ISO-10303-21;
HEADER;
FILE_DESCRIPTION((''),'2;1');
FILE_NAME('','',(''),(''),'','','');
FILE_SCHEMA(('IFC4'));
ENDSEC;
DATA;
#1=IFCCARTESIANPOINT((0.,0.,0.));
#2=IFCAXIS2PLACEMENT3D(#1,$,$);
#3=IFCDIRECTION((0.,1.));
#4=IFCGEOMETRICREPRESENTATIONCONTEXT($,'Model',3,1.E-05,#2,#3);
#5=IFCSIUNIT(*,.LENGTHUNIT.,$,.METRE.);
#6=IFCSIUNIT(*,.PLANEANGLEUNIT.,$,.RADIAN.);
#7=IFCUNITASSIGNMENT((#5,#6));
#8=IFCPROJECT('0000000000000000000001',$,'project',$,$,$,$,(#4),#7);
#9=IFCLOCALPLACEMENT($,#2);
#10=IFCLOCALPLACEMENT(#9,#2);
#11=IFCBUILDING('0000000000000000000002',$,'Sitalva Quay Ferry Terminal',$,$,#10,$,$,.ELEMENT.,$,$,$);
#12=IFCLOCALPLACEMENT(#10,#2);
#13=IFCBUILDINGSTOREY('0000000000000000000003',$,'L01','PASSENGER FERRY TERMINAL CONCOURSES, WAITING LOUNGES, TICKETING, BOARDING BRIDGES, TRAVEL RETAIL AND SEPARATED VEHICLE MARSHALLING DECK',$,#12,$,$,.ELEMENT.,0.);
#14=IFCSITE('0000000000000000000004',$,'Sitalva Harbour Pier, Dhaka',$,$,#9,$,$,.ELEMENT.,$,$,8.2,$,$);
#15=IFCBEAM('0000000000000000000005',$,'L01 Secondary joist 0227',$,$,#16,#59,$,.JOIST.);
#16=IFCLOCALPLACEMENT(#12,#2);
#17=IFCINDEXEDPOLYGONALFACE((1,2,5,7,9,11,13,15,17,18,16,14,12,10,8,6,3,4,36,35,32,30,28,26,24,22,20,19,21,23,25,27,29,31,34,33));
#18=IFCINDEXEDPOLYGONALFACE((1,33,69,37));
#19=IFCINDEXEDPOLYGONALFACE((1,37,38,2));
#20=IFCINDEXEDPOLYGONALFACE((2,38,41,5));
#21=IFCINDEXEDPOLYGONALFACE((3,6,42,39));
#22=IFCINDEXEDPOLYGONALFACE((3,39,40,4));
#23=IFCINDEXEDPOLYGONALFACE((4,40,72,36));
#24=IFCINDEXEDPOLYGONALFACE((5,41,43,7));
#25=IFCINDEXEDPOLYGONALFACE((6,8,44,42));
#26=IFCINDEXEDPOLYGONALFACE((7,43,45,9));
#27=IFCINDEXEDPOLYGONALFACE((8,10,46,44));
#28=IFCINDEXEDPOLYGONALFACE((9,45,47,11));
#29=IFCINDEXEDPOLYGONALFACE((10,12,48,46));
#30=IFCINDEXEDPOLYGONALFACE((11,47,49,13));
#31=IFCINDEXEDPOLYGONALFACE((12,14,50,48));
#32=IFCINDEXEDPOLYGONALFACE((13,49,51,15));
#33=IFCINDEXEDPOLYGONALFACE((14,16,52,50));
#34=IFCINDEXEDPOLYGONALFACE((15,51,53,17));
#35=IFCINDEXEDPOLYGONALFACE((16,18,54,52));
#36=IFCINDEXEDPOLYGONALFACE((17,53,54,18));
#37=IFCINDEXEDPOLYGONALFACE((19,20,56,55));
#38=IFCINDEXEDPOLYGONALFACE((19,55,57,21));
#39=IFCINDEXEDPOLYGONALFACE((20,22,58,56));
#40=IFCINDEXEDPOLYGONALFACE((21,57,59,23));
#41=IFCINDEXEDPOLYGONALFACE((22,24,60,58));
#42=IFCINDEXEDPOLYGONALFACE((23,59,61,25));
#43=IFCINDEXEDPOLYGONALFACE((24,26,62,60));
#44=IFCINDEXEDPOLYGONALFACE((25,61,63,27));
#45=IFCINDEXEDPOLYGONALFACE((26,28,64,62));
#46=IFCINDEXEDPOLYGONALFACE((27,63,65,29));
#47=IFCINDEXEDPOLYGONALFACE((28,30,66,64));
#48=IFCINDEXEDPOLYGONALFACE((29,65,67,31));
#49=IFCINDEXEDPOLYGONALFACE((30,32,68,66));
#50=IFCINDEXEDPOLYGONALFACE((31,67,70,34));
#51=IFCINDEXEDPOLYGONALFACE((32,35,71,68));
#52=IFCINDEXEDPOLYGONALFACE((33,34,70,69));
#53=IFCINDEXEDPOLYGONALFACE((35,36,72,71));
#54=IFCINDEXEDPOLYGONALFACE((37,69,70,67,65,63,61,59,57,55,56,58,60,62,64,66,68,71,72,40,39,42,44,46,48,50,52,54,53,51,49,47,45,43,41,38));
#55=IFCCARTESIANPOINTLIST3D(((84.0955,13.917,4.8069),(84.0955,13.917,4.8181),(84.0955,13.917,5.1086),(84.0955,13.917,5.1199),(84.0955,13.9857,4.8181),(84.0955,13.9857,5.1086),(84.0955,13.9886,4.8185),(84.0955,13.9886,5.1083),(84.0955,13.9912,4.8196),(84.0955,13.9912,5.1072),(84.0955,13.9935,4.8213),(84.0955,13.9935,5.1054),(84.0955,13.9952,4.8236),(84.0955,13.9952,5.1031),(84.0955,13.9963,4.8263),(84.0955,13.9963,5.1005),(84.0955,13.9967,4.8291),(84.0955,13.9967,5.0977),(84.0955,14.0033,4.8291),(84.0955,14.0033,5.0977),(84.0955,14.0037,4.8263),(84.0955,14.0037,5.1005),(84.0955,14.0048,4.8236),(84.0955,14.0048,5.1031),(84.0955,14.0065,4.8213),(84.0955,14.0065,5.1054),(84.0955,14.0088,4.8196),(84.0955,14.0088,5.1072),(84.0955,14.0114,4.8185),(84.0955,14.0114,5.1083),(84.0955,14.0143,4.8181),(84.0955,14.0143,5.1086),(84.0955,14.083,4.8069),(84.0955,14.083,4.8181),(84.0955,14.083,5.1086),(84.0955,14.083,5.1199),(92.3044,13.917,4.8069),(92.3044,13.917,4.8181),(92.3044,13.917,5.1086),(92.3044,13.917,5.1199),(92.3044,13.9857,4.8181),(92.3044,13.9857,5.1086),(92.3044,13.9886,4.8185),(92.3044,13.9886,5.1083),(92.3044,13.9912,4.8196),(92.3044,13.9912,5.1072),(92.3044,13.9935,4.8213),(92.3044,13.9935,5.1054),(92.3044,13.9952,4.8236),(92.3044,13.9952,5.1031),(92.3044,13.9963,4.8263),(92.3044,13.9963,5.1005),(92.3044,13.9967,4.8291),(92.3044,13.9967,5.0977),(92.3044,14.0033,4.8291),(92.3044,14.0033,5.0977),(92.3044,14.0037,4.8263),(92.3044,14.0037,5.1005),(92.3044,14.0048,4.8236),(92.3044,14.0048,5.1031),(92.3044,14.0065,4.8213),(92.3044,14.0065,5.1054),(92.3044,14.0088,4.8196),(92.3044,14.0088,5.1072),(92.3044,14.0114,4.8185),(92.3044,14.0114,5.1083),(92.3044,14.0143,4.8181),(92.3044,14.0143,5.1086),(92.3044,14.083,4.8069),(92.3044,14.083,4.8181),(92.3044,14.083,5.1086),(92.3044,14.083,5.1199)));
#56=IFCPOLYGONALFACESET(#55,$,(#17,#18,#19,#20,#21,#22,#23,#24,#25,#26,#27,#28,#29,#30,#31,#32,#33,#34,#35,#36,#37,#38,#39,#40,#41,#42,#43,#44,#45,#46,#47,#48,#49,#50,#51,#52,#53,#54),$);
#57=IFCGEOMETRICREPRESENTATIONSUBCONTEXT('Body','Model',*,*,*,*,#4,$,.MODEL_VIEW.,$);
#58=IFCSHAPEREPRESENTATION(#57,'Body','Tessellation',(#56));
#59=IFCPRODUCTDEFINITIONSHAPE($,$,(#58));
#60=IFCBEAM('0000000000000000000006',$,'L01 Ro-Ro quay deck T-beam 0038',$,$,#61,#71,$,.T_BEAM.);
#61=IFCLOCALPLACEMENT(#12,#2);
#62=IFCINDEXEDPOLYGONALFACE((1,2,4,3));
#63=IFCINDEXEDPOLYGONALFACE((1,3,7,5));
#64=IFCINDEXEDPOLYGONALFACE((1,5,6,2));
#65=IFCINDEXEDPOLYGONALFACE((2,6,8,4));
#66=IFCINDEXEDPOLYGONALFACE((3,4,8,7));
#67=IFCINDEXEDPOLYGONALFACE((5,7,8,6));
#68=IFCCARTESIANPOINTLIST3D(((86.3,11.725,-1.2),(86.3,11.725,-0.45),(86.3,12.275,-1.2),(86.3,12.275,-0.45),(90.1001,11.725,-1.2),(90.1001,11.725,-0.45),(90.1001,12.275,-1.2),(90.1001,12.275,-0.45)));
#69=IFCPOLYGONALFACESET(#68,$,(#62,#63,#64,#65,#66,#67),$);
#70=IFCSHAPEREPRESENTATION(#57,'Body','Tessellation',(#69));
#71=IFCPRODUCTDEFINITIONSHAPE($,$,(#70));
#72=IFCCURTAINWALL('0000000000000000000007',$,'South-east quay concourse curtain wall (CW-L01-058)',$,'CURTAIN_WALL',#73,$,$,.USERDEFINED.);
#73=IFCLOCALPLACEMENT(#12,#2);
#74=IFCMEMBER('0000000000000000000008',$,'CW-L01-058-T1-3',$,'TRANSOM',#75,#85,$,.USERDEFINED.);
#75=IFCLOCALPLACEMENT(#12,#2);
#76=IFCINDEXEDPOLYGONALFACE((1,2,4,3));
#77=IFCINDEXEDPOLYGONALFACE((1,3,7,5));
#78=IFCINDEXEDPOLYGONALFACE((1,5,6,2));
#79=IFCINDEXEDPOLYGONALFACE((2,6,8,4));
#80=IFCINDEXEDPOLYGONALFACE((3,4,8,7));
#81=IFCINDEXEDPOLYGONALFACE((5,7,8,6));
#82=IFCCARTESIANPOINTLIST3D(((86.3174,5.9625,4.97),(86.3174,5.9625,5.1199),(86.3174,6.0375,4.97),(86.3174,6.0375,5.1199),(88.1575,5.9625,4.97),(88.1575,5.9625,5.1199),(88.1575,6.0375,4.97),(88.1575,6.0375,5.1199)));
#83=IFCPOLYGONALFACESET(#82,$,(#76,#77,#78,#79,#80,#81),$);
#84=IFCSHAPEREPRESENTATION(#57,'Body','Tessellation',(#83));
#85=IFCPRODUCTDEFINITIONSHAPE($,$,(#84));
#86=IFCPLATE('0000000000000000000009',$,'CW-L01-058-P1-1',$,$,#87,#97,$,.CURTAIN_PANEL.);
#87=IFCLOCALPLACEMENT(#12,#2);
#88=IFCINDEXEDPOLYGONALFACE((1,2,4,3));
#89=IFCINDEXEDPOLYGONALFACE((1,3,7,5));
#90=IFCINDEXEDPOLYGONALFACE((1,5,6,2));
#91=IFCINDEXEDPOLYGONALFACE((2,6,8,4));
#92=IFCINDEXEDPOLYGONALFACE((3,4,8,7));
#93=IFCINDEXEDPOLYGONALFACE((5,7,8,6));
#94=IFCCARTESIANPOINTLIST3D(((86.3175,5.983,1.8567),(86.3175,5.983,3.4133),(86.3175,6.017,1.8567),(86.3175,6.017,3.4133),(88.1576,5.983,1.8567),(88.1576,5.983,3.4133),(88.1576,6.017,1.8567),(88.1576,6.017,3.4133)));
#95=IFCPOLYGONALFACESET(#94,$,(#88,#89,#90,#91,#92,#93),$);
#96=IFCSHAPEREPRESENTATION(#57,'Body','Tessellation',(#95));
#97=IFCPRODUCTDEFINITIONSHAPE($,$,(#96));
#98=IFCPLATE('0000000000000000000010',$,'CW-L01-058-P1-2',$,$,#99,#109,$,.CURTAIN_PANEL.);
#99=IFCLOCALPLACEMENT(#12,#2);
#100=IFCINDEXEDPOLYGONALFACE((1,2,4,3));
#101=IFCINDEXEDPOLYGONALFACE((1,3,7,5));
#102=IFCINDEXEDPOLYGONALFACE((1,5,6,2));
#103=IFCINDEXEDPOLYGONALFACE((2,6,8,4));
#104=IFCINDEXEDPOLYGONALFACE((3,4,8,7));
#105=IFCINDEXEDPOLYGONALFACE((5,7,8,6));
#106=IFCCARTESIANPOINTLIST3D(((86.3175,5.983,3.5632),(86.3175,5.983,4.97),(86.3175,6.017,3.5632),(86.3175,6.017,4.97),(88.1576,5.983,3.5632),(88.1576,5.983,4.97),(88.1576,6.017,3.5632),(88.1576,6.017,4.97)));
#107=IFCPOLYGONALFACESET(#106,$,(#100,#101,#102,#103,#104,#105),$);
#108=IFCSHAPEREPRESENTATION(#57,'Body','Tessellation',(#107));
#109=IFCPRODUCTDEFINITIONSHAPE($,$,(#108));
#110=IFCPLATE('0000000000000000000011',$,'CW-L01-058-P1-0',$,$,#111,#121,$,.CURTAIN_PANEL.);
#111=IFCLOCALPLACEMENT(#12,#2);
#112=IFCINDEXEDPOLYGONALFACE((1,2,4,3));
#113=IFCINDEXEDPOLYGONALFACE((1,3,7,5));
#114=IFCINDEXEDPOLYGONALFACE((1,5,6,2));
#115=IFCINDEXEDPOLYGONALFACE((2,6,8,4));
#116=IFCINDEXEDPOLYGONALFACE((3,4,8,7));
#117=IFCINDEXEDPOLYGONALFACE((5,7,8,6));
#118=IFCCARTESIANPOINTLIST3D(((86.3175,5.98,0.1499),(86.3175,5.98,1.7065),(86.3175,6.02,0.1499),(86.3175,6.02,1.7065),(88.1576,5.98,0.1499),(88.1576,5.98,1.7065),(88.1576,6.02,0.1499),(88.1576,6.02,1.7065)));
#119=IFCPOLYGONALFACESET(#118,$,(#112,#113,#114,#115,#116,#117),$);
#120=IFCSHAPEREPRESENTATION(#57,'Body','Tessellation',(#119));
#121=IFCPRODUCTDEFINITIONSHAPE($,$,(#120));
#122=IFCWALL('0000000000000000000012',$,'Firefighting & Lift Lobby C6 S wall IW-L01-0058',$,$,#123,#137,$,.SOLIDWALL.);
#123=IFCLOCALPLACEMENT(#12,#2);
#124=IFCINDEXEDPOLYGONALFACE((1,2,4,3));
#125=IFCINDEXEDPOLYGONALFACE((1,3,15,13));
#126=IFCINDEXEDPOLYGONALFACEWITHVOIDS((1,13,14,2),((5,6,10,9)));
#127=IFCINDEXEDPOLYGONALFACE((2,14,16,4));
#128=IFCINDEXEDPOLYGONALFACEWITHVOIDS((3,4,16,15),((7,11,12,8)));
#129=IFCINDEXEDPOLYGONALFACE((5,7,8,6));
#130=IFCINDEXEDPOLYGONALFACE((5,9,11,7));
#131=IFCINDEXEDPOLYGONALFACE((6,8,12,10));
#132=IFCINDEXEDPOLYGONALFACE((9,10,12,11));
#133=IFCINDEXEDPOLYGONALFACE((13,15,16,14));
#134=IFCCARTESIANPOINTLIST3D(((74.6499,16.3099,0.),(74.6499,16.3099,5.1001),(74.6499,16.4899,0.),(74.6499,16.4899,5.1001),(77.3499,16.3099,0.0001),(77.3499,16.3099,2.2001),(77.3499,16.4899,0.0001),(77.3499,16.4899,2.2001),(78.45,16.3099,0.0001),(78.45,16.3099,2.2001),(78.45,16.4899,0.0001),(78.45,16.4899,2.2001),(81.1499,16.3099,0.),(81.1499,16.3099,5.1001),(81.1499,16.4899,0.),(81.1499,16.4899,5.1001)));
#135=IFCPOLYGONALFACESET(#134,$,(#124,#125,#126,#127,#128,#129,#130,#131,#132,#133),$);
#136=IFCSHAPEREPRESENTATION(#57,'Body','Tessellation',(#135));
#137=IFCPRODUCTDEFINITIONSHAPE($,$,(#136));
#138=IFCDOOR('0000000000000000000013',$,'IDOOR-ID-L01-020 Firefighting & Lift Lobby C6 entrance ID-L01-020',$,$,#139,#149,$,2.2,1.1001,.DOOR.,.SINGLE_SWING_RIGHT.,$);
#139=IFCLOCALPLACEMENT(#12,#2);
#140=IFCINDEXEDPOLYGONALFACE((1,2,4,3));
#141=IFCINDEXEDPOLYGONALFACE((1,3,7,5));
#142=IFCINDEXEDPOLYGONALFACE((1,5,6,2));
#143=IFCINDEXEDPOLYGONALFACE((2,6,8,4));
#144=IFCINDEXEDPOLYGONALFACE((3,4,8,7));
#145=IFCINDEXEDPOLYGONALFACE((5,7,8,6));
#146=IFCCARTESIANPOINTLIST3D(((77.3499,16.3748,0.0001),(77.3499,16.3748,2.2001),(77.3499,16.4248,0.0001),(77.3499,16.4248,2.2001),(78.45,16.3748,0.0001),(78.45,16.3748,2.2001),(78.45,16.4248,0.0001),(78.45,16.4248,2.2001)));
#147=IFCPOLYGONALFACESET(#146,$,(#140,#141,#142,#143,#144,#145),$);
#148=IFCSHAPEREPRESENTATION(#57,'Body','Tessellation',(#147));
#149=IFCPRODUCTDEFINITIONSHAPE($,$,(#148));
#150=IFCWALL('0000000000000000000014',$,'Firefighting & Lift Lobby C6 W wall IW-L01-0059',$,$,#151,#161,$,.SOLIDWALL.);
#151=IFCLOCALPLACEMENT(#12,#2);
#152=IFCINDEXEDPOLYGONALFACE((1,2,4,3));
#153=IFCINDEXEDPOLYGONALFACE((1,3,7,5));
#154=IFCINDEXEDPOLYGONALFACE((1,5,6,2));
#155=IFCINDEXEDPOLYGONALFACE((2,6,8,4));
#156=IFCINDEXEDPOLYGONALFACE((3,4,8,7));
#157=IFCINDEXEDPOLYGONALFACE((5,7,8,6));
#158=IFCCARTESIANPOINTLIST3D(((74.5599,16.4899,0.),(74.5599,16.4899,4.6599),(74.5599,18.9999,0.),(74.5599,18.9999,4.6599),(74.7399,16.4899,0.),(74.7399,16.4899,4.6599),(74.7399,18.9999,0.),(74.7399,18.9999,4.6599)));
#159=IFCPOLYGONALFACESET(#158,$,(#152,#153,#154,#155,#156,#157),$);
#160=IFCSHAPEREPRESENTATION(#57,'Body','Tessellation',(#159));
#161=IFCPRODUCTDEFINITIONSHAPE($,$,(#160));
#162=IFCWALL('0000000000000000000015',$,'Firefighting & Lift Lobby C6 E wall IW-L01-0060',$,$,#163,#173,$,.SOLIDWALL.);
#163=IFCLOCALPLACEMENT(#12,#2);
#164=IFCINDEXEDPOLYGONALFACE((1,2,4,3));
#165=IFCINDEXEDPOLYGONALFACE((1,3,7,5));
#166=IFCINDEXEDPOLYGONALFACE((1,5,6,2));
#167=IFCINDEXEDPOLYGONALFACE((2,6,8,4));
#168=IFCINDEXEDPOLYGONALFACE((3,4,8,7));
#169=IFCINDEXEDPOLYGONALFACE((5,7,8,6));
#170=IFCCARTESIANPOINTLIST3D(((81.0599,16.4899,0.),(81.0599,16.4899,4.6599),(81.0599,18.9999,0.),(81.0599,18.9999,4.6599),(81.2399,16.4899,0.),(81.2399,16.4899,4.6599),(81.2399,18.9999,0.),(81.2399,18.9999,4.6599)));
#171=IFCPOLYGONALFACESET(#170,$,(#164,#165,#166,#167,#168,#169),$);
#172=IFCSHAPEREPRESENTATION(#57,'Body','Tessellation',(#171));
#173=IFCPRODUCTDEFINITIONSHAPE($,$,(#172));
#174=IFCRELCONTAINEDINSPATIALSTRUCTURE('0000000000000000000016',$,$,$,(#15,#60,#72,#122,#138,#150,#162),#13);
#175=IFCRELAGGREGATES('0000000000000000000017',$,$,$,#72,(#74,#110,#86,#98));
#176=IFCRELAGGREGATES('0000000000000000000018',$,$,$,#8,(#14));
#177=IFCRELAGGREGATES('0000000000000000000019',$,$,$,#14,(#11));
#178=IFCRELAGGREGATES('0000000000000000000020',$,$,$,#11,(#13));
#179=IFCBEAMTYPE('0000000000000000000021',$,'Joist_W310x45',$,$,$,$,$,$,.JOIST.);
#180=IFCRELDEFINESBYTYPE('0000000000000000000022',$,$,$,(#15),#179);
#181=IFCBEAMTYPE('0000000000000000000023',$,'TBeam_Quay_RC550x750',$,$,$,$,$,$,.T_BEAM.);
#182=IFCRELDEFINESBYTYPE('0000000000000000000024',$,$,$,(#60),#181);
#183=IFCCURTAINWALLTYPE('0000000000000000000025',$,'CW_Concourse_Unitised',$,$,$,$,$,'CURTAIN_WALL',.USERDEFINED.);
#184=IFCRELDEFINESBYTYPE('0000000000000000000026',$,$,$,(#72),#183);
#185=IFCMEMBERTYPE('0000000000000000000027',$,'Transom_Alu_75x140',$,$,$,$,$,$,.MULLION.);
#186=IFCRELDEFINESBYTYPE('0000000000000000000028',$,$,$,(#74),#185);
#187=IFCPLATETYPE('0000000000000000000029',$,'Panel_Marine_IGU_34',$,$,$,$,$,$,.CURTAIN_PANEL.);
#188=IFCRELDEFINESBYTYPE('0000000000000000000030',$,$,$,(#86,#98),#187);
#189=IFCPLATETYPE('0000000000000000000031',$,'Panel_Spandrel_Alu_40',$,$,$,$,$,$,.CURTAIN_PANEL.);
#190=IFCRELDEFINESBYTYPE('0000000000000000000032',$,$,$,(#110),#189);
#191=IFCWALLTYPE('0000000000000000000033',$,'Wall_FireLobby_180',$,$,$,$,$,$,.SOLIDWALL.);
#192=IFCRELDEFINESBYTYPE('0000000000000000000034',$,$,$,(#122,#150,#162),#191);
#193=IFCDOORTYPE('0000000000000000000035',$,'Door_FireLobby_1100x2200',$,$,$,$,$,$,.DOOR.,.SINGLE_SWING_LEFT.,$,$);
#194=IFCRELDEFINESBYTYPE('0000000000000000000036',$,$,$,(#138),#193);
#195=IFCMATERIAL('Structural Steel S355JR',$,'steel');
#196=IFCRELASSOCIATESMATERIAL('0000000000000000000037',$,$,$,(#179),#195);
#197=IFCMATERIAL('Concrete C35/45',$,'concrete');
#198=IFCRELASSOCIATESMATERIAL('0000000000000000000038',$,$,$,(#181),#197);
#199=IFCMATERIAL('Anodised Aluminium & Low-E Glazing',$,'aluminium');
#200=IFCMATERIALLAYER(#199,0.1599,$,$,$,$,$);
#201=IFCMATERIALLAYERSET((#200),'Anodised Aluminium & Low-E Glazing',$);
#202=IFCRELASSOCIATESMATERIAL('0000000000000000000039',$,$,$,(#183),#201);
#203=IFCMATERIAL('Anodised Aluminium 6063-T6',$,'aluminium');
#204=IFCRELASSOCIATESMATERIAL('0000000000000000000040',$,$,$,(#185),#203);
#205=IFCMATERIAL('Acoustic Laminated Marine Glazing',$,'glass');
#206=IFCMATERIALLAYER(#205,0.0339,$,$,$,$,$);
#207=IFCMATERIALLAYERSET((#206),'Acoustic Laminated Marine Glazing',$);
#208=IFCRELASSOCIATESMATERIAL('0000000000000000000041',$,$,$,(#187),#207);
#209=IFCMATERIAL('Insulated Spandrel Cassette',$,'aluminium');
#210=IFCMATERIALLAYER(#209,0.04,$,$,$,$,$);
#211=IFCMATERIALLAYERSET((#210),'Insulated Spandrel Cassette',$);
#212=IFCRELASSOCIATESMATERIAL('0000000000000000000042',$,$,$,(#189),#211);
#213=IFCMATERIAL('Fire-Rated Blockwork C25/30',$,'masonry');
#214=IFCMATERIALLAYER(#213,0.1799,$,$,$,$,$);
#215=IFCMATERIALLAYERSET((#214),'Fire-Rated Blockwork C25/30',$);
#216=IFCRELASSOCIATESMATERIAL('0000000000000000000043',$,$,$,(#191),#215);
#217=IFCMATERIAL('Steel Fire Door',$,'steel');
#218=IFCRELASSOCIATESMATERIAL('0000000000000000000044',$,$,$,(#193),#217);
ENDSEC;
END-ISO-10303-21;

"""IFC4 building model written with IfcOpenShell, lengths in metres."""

from ifc_helpers import new_model, si_unit, direction, frame, frame_2d, origin, origin_2d, place, context, subcontext, project, spatial, rectangle, i_section, extrude, material, layer, layer_set, material_profile, profile_set, type_object, element, fill, aggregate, save


model = new_model("IFC4")

# Units and contexts
model_context = context("Model", 3, precision=1e-05, world=origin(), true_north=direction((0.0, 1.0)))
body_context = subcontext(model_context, "Body", "Model", "MODEL_VIEW")
ifc_project = project(units=[si_unit("LENGTHUNIT", "METRE"), si_unit("PLANEANGLEUNIT", "RADIAN")], contexts=[model_context])

# Site, building, storey
site_placement = place(None, origin())
site = spatial("IfcSite", under=ifc_project, at=site_placement, Name="Sitalva Harbour Pier, Dhaka", CompositionType="ELEMENT", RefElevation=8.2)
building_placement = place(site_placement, origin())
building = spatial("IfcBuilding", under=site, at=building_placement, Name="Sitalva Quay Ferry Terminal", CompositionType="ELEMENT")
storey_placement = place(building_placement, origin())
storey = spatial("IfcBuildingStorey", under=building, at=storey_placement, Name="L01", Description="PASSENGER FERRY TERMINAL CONCOURSES, WAITING LOUNGES, TICKETING, BOARDING BRIDGES, TRAVEL RETAIL AND SEPARATED VEHICLE MARSHALLING DECK", CompositionType="ELEMENT", Elevation=0.0)

# Beams
ifc_material_1 = material(Name="Structural Steel S355JR", Category="steel")
ifc_material_profile_1 = material_profile(ifc_material_1, i_section(OverallWidth=0.166, OverallDepth=0.313, WebThickness=0.0066, FlangeThickness=0.0112, FilletRadius=0.011, at=origin_2d()), Name="W310x45")
ifc_profile_set_1 = profile_set([ifc_material_profile_1], Name="Structural Steel S355JR")
beam_type_1 = type_object("IfcBeamType", Name="Joist_W310x45", PredefinedType="JOIST", material=ifc_profile_set_1)
for number, where, z_axis, x_axis, name in (
    (1, (84.0955, 14.0, 4.9634), (1.0, 0.0, 0.0), (0.0, 1.0, 0.0), "L01 Secondary joist 0227"),
):
    element("IfcBeam", number, at=place(storey_placement, frame(where, z_axis=z_axis, x_axis=x_axis)), inside=storey, type_object=beam_type_1, Name=name, PredefinedType="JOIST", context=body_context, shape_type="SweptSolid", body=[
        extrude(i_section(OverallWidth=0.166, OverallDepth=0.313, WebThickness=0.0066, FlangeThickness=0.0112, FilletRadius=0.011, at=origin_2d()), origin(), (0.0, 0.0, 1.0), 8.209),
    ])
ifc_material_2 = material(Name="Concrete C35/45", Category="concrete")
ifc_material_profile_2 = material_profile(ifc_material_2, rectangle(XDim=0.55, YDim=0.75, at=origin_2d()), Name="RC550x750")
ifc_profile_set_2 = profile_set([ifc_material_profile_2], Name="Concrete C35/45")
beam_type_2 = type_object("IfcBeamType", Name="TBeam_Quay_RC550x750", PredefinedType="T_BEAM", material=ifc_profile_set_2)
beam_1_placement = place(storey_placement, frame((86.3, 12.0, -0.825), z_axis=(1.0, 0.0, 0.0), x_axis=(0.0, 1.0, 0.0)))
element("IfcBeam", 2, at=beam_1_placement, inside=storey, type_object=beam_type_2, Name="L01 Ro-Ro quay deck T-beam 0038", PredefinedType="T_BEAM", context=body_context, shape_type="SweptSolid", body=[
    extrude(rectangle(XDim=0.55, YDim=0.75, at=origin_2d()), origin(), (0.0, 0.0, 1.0), 3.8),
])

# Curtain wall, member, plates
ifc_material_3 = material(Name="Anodised Aluminium & Low-E Glazing", Category="aluminium")
ifc_layer_1 = layer(ifc_material_3, 0.1599)
ifc_layer_set_1 = layer_set([ifc_layer_1], Name="Anodised Aluminium & Low-E Glazing")
curtain_wall_type = type_object("IfcCurtainWallType", Name="CW_Concourse_Unitised", ElementType="CURTAIN_WALL", PredefinedType="USERDEFINED", material=ifc_layer_set_1)
curtain_wall_placement = place(storey_placement, origin())
curtain_wall = element("IfcCurtainWall", 3, at=curtain_wall_placement, inside=storey, type_object=curtain_wall_type, Name="South-east quay concourse curtain wall (CW-L01-058)", ObjectType="CURTAIN_WALL", PredefinedType="USERDEFINED")
ifc_material_4 = material(Name="Anodised Aluminium 6063-T6", Category="aluminium")
ifc_material_profile_3 = material_profile(ifc_material_4, rectangle(XDim=0.075, YDim=0.1499, at=origin_2d()), Name="ALU75x150")
ifc_profile_set_3 = profile_set([ifc_material_profile_3], Name="Anodised Aluminium 6063-T6")
member_type = type_object("IfcMemberType", Name="Transom_Alu_75x140", PredefinedType="MULLION", material=ifc_profile_set_3)
member_placement = place(storey_placement, frame((86.3174, 6.0, 5.0449), z_axis=(1.0, 0.0, 0.0), x_axis=(0.0, 1.0, 0.0)))
member = element("IfcMember", 4, at=member_placement, type_object=member_type, Name="CW-L01-058-T1-3", ObjectType="TRANSOM", PredefinedType="USERDEFINED", context=body_context, shape_type="SweptSolid", body=[
    extrude(rectangle(XDim=0.075, YDim=0.1499, at=origin_2d()), origin(), (0.0, 0.0, 1.0), 1.8401),
])
ifc_material_5 = material(Name="Acoustic Laminated Marine Glazing", Category="glass")
ifc_layer_2 = layer(ifc_material_5, 0.0339)
ifc_layer_set_2 = layer_set([ifc_layer_2], Name="Acoustic Laminated Marine Glazing")
plate_type_1 = type_object("IfcPlateType", Name="Panel_Marine_IGU_34", PredefinedType="CURTAIN_PANEL", material=ifc_layer_set_2)
plate_1_placement = place(storey_placement, frame((87.2375, 6.0, 1.8567), z_axis=(0.0, 0.0, 1.0), x_axis=(1.0, 0.0, 0.0)))
plate_1 = element("IfcPlate", 5, at=plate_1_placement, type_object=plate_type_1, Name="CW-L01-058-P1-1", PredefinedType="CURTAIN_PANEL", context=body_context, shape_type="SweptSolid", body=[
    extrude(rectangle(XDim=1.8401, YDim=0.0339, at=origin_2d()), origin(), (0.0, 0.0, 1.0), 1.5566),
])
plate_2_placement = place(storey_placement, frame((87.2375, 6.0, 3.5632), z_axis=(0.0, 0.0, 1.0), x_axis=(1.0, 0.0, 0.0)))
plate_2 = element("IfcPlate", 6, at=plate_2_placement, type_object=plate_type_1, Name="CW-L01-058-P1-2", PredefinedType="CURTAIN_PANEL", context=body_context, shape_type="SweptSolid", body=[
    extrude(rectangle(XDim=1.8401, YDim=0.0339, at=origin_2d()), origin(), (0.0, 0.0, 1.0), 1.4067),
])
ifc_material_6 = material(Name="Insulated Spandrel Cassette", Category="aluminium")
ifc_layer_3 = layer(ifc_material_6, 0.04)
ifc_layer_set_3 = layer_set([ifc_layer_3], Name="Insulated Spandrel Cassette")
plate_type_2 = type_object("IfcPlateType", Name="Panel_Spandrel_Alu_40", PredefinedType="CURTAIN_PANEL", material=ifc_layer_set_3)
plate_3_placement = place(storey_placement, frame((87.2375, 6.0, 0.1499), z_axis=(0.0, 0.0, 1.0), x_axis=(1.0, 0.0, 0.0)))
plate_3 = element("IfcPlate", 7, at=plate_3_placement, type_object=plate_type_2, Name="CW-L01-058-P1-0", PredefinedType="CURTAIN_PANEL", context=body_context, shape_type="SweptSolid", body=[
    extrude(rectangle(XDim=1.8401, YDim=0.04, at=origin_2d()), origin(), (0.0, 0.0, 1.0), 1.5566),
])
aggregate(curtain_wall, [member, plate_3, plate_1, plate_2])

# Wall, opening, door
ifc_material_7 = material(Name="Fire-Rated Blockwork C25/30", Category="masonry")
ifc_layer_4 = layer(ifc_material_7, 0.1799)
ifc_layer_set_4 = layer_set([ifc_layer_4], Name="Fire-Rated Blockwork C25/30")
wall_type = type_object("IfcWallType", Name="Wall_FireLobby_180", PredefinedType="SOLIDWALL", material=ifc_layer_set_4)
wall_placement = place(storey_placement, frame((74.6499, 16.3999, 0.0), z_axis=(0.0, 0.0, 1.0), x_axis=(1.0, 0.0, 0.0)))
wall = element("IfcWall", 8, at=wall_placement, inside=storey, type_object=wall_type, Name="Firefighting & Lift Lobby C6 S wall IW-L01-0058", PredefinedType="SOLIDWALL", context=body_context, shape_type="SweptSolid", body=[
    extrude(rectangle(XDim=6.5, YDim=0.1799, at=frame_2d((3.25, 0.0))), origin(), (0.0, 0.0, 1.0), 5.1001),
])
opening_placement = place(wall_placement, frame((2.7, 0.0, 0.0)))
opening = element("IfcOpeningElement", 9, at=opening_placement, cuts=wall, PredefinedType="OPENING", context=body_context, shape_type="SweptSolid", body=[
    extrude(rectangle(XDim=1.1001, YDim=2.2, at=frame_2d((0.55, 1.1001))), frame((0.0, 0.0999, 0.0), z_axis=(0.0, -1.0, 0.0), x_axis=(1.0, 0.0, 0.0)), (0.0, 0.0, 1.0), 0.2),
])
ifc_material_8 = material(Name="Steel Fire Door", Category="steel")
door_type = type_object("IfcDoorType", Name="Door_FireLobby_1100x2200", OperationType="SINGLE_SWING_LEFT", PredefinedType="DOOR", material=ifc_material_8)
door_placement = place(opening_placement, origin())
door = element("IfcDoor", 10, at=door_placement, inside=storey, type_object=door_type, Name="IDOOR-ID-L01-020 Firefighting & Lift Lobby C6 entrance ID-L01-020", OperationType="SINGLE_SWING_RIGHT", OverallHeight=2.2, OverallWidth=1.1001, PredefinedType="DOOR", context=body_context, shape_type="SweptSolid", body=[
    extrude(rectangle(XDim=1.1001, YDim=2.2, at=frame_2d((0.55, 1.1001))), frame((0.0, 0.0249, 0.0), z_axis=(0.0, -1.0, 0.0), x_axis=(1.0, 0.0, 0.0)), (0.0, 0.0, 1.0), 0.05),
])
fill(opening, door)

# Walls
for number, where, z_axis, x_axis, name in (
    (11, (74.6499, 16.49, 0.0), (0.0, 0.0, 1.0), (0.0, 1.0, 0.0), "Firefighting & Lift Lobby C6 W wall IW-L01-0059"),
    (12, (81.1499, 16.49, 0.0), (0.0, 0.0, 1.0), (0.0, 1.0, 0.0), "Firefighting & Lift Lobby C6 E wall IW-L01-0060"),
):
    element("IfcWall", number, at=place(storey_placement, frame(where, z_axis=z_axis, x_axis=x_axis)), inside=storey, type_object=wall_type, Name=name, PredefinedType="SOLIDWALL", context=body_context, shape_type="SweptSolid", body=[
        extrude(rectangle(XDim=2.51, YDim=0.1799, at=frame_2d((1.2549, 0.0))), origin(), (0.0, 0.0, 1.0), 4.6599),
    ])

save(model, "model.ifc")
